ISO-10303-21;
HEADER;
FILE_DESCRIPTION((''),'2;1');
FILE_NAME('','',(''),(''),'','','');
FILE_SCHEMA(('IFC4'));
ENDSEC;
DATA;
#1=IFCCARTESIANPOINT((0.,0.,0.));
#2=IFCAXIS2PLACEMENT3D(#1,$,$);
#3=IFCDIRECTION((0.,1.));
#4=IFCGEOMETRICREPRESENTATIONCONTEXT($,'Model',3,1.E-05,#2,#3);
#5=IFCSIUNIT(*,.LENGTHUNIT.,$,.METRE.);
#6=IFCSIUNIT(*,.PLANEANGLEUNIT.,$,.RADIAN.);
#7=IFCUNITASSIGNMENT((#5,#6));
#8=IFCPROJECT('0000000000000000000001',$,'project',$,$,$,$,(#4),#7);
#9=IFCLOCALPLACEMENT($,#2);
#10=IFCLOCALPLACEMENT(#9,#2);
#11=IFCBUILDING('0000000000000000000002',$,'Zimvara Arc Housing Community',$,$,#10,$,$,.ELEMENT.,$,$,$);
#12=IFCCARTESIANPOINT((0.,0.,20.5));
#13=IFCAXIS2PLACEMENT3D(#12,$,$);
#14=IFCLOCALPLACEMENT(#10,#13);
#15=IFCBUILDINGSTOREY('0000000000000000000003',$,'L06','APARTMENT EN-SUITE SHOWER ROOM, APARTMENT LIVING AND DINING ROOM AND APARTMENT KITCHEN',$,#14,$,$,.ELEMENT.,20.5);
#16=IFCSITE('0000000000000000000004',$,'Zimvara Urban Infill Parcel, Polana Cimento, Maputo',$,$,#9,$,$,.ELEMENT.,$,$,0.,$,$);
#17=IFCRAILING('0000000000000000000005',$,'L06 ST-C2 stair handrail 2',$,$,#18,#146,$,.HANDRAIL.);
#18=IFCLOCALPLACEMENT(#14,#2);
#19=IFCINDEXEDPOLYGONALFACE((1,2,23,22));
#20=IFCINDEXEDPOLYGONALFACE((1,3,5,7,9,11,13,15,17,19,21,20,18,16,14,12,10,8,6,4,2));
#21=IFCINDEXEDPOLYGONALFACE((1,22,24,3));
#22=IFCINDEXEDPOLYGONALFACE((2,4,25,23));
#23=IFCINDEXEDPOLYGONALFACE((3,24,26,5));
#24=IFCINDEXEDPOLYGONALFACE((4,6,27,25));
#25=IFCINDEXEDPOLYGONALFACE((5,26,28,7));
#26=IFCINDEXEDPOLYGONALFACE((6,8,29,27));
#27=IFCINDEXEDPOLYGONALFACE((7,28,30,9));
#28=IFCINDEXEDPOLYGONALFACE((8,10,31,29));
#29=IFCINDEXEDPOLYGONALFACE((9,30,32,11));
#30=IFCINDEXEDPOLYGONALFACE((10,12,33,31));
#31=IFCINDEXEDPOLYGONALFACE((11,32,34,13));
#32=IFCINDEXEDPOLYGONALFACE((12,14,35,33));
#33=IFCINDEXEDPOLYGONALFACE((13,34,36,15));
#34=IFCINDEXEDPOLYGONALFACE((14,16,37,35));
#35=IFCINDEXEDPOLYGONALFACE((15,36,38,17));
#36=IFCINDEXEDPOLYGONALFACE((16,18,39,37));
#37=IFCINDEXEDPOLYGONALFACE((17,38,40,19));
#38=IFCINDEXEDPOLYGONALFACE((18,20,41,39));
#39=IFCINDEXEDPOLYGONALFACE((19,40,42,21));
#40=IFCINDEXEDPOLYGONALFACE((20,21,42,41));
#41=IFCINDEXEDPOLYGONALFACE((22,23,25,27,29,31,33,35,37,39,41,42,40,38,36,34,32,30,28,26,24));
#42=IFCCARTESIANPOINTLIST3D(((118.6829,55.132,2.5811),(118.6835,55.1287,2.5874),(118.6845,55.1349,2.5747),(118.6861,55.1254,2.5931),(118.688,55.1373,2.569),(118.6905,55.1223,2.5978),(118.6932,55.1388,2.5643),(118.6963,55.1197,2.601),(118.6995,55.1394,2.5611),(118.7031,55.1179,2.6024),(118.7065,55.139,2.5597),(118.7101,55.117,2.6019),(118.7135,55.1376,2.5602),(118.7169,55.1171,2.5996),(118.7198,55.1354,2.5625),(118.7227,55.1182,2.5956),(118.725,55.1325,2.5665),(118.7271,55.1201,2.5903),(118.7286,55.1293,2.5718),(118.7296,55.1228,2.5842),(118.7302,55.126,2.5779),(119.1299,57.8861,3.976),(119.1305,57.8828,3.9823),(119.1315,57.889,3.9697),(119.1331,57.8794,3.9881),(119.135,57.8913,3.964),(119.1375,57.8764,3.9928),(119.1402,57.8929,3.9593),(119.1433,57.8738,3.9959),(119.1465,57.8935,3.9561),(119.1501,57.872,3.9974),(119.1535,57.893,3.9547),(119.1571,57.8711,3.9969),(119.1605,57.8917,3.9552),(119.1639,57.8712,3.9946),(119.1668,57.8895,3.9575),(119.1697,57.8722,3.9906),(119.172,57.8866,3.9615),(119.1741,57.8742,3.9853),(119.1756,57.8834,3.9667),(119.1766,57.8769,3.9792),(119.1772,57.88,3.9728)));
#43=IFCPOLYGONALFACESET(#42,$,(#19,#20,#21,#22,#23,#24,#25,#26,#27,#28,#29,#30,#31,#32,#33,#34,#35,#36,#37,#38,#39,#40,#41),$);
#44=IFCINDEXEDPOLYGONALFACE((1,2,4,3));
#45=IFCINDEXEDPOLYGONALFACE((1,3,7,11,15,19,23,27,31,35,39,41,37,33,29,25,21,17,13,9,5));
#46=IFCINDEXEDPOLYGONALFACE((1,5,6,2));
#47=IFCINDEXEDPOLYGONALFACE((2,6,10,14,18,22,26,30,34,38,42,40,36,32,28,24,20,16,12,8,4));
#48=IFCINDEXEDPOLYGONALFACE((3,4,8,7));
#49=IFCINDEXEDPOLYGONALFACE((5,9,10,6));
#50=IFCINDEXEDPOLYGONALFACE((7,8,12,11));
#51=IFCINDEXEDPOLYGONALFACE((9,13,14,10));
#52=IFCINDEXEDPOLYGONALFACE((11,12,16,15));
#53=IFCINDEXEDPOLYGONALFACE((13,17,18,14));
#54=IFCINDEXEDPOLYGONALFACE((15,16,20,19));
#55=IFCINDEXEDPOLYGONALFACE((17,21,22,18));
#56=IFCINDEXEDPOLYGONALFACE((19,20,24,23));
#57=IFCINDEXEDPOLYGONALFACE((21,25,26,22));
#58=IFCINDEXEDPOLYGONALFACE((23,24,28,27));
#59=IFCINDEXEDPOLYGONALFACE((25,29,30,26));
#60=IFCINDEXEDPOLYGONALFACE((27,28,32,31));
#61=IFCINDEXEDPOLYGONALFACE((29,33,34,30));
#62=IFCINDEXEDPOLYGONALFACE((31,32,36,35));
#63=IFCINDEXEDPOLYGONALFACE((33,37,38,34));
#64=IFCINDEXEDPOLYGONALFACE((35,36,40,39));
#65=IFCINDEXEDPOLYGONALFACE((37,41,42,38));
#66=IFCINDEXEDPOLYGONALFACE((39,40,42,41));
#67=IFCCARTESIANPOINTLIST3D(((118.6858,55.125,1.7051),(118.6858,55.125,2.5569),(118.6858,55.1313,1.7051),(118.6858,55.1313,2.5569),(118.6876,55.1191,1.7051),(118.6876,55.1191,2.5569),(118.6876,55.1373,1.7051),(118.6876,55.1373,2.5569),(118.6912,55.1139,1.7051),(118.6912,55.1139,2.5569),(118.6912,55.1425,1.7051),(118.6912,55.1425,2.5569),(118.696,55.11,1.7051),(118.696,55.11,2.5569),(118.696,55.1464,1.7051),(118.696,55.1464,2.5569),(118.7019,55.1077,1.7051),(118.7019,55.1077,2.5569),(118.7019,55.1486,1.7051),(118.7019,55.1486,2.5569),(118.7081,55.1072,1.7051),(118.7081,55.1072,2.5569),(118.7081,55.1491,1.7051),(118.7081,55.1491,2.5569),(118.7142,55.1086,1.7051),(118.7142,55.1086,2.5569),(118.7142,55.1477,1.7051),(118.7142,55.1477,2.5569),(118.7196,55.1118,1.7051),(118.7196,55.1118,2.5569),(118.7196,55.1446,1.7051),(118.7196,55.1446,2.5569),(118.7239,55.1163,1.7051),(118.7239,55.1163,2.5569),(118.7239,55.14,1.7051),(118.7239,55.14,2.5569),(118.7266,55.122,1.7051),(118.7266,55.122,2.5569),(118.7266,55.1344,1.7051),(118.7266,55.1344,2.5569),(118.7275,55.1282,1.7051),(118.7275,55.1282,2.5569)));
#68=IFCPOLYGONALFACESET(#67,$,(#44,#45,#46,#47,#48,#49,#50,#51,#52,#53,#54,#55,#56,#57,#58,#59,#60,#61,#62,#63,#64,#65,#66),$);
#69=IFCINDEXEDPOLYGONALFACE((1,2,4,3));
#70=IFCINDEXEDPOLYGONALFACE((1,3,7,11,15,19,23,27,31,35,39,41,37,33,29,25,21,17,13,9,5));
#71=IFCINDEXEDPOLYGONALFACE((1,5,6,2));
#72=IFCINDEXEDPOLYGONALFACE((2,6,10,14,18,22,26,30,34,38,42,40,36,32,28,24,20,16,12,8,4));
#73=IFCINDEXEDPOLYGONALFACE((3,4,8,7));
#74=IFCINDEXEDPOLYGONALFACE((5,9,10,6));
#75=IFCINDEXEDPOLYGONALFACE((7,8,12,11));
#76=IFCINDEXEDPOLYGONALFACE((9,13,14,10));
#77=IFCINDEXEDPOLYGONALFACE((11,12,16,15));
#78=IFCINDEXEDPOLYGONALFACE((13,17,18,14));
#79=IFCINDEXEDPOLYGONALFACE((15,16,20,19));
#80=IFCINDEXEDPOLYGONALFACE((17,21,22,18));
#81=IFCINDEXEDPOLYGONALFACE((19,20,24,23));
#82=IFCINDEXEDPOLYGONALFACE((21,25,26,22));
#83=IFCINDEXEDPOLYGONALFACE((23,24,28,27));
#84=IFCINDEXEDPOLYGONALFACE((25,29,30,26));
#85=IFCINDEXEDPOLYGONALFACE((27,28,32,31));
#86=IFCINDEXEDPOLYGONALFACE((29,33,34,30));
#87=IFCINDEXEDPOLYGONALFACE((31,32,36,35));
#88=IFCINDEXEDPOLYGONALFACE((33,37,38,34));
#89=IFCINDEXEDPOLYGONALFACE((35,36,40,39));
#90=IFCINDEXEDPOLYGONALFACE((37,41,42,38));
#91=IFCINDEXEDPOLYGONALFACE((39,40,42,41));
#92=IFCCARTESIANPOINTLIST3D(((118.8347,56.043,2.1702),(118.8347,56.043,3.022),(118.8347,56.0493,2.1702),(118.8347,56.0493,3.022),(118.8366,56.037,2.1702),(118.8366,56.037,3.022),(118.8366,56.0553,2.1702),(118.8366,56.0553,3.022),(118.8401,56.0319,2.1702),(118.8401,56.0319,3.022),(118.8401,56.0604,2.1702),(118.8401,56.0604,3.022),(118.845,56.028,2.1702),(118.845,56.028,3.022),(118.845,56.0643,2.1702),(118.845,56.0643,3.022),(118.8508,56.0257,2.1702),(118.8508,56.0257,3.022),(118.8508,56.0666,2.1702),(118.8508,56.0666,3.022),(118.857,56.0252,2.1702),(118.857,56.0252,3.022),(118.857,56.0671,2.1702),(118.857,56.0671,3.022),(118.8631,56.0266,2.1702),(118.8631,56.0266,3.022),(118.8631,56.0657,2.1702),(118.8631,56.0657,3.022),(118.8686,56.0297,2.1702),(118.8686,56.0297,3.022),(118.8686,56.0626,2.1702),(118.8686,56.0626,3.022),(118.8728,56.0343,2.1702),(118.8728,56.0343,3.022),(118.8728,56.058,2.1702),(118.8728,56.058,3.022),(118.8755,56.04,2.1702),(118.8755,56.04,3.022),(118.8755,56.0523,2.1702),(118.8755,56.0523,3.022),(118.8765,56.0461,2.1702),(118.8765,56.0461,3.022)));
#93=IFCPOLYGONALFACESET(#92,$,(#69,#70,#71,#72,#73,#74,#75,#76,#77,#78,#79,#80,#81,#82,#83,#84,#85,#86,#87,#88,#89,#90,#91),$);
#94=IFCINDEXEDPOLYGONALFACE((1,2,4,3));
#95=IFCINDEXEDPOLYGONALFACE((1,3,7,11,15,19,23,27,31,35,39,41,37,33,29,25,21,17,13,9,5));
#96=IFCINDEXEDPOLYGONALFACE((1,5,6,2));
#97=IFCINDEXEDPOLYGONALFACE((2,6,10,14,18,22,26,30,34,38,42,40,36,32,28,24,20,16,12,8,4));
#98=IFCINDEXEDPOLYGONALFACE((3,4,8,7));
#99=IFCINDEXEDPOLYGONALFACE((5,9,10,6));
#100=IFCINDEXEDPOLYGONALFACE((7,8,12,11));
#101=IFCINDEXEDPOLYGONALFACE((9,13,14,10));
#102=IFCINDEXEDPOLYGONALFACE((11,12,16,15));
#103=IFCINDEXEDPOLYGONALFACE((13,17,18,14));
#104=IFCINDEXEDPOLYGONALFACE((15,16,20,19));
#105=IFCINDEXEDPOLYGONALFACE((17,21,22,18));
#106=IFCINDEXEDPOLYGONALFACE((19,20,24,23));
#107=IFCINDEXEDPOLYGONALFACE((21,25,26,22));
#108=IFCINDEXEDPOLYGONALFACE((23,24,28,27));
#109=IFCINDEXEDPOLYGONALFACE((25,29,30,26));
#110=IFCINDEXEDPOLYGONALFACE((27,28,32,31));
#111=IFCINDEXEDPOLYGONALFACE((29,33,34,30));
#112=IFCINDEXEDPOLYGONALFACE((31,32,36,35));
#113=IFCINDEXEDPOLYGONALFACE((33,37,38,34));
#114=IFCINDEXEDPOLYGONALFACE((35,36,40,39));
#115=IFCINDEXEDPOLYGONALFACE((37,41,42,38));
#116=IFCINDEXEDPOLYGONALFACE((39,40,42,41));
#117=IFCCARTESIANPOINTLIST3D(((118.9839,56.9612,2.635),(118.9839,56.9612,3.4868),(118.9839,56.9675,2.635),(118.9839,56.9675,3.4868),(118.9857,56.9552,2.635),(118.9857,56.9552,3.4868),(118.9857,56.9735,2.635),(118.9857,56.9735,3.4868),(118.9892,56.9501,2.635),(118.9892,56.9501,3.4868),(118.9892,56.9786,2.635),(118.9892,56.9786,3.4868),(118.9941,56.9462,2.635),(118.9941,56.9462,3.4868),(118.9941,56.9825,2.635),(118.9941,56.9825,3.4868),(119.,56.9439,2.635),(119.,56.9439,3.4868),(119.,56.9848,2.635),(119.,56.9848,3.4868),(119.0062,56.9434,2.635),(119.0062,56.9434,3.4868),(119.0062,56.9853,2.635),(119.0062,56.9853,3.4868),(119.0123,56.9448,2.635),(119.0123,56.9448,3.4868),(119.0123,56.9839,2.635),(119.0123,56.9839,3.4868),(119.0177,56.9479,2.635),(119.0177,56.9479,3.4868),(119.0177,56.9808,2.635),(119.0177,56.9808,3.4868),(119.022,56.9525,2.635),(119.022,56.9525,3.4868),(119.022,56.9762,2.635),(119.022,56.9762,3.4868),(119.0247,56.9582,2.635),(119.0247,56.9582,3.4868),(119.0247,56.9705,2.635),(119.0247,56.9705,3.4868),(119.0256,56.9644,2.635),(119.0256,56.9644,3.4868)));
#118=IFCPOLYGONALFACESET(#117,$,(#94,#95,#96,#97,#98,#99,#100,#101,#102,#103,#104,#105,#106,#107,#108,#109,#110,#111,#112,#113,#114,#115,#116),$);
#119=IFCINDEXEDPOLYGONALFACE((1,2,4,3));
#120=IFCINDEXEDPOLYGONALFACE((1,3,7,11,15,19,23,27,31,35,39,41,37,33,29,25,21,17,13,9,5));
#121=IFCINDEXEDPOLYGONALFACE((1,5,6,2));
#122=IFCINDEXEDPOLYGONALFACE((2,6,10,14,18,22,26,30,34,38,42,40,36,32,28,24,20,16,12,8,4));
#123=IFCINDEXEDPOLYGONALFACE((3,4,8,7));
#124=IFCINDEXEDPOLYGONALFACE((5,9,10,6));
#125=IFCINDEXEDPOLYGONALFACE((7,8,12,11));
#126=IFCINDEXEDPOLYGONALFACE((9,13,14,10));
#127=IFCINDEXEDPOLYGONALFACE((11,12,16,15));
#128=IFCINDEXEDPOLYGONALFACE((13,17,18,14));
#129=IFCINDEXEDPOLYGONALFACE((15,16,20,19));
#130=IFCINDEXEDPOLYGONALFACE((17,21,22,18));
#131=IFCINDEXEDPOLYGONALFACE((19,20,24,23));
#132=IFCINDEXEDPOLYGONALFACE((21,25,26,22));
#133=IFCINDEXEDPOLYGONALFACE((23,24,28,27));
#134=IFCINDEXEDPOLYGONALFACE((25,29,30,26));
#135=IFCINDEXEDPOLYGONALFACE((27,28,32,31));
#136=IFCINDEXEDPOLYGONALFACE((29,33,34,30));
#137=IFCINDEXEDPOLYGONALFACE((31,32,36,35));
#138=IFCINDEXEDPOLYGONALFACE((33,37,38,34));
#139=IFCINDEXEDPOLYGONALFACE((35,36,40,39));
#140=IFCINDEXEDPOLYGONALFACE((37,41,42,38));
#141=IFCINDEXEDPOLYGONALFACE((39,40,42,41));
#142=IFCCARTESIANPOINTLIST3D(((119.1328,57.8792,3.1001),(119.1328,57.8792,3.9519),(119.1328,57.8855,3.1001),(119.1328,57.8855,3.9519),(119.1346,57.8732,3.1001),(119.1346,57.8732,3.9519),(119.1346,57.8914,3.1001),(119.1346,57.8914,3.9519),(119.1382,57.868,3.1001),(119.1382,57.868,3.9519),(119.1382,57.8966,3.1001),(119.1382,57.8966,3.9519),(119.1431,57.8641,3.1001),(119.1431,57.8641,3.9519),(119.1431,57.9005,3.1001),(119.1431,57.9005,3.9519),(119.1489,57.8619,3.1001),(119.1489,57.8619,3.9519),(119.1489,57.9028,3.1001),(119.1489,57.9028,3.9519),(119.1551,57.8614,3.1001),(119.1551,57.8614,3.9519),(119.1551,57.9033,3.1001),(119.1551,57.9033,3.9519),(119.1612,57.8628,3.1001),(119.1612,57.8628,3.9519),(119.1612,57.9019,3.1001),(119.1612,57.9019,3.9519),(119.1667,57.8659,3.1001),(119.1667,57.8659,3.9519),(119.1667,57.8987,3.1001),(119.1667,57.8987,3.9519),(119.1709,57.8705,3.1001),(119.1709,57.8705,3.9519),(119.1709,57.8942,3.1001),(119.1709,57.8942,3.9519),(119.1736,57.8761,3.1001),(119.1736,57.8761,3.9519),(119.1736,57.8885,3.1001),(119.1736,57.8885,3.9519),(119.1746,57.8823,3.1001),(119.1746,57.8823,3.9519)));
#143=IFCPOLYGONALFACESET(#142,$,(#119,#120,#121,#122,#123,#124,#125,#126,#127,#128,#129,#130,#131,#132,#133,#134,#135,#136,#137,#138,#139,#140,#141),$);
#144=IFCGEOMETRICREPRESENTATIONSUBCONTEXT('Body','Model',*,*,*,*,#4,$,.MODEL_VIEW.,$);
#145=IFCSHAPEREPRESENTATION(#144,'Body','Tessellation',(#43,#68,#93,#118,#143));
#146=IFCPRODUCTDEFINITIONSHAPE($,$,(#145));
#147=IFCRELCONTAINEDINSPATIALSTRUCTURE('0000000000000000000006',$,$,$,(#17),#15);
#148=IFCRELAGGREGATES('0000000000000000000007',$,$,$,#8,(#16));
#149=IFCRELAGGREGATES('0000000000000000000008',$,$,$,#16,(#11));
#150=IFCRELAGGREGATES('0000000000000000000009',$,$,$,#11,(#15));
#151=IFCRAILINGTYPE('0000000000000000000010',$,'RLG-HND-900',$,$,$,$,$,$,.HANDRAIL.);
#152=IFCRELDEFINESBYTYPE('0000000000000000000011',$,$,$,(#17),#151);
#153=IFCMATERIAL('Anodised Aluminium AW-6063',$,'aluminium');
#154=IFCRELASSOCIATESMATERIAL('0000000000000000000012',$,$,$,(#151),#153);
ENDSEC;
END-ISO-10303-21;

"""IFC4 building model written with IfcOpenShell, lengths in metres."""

from ifc_helpers import new_model, si_unit, direction, frame, origin, origin_2d, place, context, subcontext, project, spatial, circle, extrude, material, type_object, element, save


model = new_model("IFC4")

# Units and contexts
model_context = context("Model", 3, precision=1e-05, world=origin(), true_north=direction((0.0, 1.0)))
body_context = subcontext(model_context, "Body", "Model", "MODEL_VIEW")
ifc_project = project(units=[si_unit("LENGTHUNIT", "METRE"), si_unit("PLANEANGLEUNIT", "RADIAN")], contexts=[model_context])

# Site, building, storey
site_placement = place(None, origin())
site = spatial("IfcSite", under=ifc_project, at=site_placement, Name="Zimvara Urban Infill Parcel, Polana Cimento, Maputo", CompositionType="ELEMENT", RefElevation=0.0)
building_placement = place(site_placement, origin())
building = spatial("IfcBuilding", under=site, at=building_placement, Name="Zimvara Arc Housing Community", CompositionType="ELEMENT")
storey_placement = place(building_placement, frame((0.0, 0.0, 20.5)))
storey = spatial("IfcBuildingStorey", under=building, at=storey_placement, Name="L06", Description="APARTMENT EN-SUITE SHOWER ROOM, APARTMENT LIVING AND DINING ROOM AND APARTMENT KITCHEN", CompositionType="ELEMENT", Elevation=20.5)

# Railing
ifc_material_1 = material(Name="Anodised Aluminium AW-6063", Category="aluminium")
railing_type_1 = type_object("IfcRailingType", Name="RLG-HND-900", PredefinedType="HANDRAIL", material=ifc_material_1)
railing_1_placement = place(storey_placement, frame((118.7065, 55.1282, 1.7051)))
element("IfcRailing", 1, at=railing_1_placement, inside=storey, type_object=railing_type_1, Name="L06 ST-C2 stair handrail 2", PredefinedType="HANDRAIL", context=body_context, shape_type="SweptSolid", body=[
    extrude(circle(Radius=0.0239, at=origin_2d()), frame((0.0, 0.0, 0.876), z_axis=(0.143299, 0.882883, 0.447194), x_axis=(-0.987083, 0.160212, 0.0)), (0.0, 0.0, 1.0), 3.1194),
    extrude(circle(Radius=0.021, at=origin_2d()), origin(), (0.0, 0.0, 1.0), 0.8518),
    extrude(circle(Radius=0.021, at=origin_2d()), frame((0.1489, 0.918, 0.4651)), (0.0, 0.0, 1.0), 0.8518),
    extrude(circle(Radius=0.021, at=origin_2d()), frame((0.2981, 1.8362, 0.9299)), (0.0, 0.0, 1.0), 0.8518),
    extrude(circle(Radius=0.021, at=origin_2d()), frame((0.447, 2.7542, 1.395)), (0.0, 0.0, 1.0), 0.8518),
])

save(model, "model.ifc")
